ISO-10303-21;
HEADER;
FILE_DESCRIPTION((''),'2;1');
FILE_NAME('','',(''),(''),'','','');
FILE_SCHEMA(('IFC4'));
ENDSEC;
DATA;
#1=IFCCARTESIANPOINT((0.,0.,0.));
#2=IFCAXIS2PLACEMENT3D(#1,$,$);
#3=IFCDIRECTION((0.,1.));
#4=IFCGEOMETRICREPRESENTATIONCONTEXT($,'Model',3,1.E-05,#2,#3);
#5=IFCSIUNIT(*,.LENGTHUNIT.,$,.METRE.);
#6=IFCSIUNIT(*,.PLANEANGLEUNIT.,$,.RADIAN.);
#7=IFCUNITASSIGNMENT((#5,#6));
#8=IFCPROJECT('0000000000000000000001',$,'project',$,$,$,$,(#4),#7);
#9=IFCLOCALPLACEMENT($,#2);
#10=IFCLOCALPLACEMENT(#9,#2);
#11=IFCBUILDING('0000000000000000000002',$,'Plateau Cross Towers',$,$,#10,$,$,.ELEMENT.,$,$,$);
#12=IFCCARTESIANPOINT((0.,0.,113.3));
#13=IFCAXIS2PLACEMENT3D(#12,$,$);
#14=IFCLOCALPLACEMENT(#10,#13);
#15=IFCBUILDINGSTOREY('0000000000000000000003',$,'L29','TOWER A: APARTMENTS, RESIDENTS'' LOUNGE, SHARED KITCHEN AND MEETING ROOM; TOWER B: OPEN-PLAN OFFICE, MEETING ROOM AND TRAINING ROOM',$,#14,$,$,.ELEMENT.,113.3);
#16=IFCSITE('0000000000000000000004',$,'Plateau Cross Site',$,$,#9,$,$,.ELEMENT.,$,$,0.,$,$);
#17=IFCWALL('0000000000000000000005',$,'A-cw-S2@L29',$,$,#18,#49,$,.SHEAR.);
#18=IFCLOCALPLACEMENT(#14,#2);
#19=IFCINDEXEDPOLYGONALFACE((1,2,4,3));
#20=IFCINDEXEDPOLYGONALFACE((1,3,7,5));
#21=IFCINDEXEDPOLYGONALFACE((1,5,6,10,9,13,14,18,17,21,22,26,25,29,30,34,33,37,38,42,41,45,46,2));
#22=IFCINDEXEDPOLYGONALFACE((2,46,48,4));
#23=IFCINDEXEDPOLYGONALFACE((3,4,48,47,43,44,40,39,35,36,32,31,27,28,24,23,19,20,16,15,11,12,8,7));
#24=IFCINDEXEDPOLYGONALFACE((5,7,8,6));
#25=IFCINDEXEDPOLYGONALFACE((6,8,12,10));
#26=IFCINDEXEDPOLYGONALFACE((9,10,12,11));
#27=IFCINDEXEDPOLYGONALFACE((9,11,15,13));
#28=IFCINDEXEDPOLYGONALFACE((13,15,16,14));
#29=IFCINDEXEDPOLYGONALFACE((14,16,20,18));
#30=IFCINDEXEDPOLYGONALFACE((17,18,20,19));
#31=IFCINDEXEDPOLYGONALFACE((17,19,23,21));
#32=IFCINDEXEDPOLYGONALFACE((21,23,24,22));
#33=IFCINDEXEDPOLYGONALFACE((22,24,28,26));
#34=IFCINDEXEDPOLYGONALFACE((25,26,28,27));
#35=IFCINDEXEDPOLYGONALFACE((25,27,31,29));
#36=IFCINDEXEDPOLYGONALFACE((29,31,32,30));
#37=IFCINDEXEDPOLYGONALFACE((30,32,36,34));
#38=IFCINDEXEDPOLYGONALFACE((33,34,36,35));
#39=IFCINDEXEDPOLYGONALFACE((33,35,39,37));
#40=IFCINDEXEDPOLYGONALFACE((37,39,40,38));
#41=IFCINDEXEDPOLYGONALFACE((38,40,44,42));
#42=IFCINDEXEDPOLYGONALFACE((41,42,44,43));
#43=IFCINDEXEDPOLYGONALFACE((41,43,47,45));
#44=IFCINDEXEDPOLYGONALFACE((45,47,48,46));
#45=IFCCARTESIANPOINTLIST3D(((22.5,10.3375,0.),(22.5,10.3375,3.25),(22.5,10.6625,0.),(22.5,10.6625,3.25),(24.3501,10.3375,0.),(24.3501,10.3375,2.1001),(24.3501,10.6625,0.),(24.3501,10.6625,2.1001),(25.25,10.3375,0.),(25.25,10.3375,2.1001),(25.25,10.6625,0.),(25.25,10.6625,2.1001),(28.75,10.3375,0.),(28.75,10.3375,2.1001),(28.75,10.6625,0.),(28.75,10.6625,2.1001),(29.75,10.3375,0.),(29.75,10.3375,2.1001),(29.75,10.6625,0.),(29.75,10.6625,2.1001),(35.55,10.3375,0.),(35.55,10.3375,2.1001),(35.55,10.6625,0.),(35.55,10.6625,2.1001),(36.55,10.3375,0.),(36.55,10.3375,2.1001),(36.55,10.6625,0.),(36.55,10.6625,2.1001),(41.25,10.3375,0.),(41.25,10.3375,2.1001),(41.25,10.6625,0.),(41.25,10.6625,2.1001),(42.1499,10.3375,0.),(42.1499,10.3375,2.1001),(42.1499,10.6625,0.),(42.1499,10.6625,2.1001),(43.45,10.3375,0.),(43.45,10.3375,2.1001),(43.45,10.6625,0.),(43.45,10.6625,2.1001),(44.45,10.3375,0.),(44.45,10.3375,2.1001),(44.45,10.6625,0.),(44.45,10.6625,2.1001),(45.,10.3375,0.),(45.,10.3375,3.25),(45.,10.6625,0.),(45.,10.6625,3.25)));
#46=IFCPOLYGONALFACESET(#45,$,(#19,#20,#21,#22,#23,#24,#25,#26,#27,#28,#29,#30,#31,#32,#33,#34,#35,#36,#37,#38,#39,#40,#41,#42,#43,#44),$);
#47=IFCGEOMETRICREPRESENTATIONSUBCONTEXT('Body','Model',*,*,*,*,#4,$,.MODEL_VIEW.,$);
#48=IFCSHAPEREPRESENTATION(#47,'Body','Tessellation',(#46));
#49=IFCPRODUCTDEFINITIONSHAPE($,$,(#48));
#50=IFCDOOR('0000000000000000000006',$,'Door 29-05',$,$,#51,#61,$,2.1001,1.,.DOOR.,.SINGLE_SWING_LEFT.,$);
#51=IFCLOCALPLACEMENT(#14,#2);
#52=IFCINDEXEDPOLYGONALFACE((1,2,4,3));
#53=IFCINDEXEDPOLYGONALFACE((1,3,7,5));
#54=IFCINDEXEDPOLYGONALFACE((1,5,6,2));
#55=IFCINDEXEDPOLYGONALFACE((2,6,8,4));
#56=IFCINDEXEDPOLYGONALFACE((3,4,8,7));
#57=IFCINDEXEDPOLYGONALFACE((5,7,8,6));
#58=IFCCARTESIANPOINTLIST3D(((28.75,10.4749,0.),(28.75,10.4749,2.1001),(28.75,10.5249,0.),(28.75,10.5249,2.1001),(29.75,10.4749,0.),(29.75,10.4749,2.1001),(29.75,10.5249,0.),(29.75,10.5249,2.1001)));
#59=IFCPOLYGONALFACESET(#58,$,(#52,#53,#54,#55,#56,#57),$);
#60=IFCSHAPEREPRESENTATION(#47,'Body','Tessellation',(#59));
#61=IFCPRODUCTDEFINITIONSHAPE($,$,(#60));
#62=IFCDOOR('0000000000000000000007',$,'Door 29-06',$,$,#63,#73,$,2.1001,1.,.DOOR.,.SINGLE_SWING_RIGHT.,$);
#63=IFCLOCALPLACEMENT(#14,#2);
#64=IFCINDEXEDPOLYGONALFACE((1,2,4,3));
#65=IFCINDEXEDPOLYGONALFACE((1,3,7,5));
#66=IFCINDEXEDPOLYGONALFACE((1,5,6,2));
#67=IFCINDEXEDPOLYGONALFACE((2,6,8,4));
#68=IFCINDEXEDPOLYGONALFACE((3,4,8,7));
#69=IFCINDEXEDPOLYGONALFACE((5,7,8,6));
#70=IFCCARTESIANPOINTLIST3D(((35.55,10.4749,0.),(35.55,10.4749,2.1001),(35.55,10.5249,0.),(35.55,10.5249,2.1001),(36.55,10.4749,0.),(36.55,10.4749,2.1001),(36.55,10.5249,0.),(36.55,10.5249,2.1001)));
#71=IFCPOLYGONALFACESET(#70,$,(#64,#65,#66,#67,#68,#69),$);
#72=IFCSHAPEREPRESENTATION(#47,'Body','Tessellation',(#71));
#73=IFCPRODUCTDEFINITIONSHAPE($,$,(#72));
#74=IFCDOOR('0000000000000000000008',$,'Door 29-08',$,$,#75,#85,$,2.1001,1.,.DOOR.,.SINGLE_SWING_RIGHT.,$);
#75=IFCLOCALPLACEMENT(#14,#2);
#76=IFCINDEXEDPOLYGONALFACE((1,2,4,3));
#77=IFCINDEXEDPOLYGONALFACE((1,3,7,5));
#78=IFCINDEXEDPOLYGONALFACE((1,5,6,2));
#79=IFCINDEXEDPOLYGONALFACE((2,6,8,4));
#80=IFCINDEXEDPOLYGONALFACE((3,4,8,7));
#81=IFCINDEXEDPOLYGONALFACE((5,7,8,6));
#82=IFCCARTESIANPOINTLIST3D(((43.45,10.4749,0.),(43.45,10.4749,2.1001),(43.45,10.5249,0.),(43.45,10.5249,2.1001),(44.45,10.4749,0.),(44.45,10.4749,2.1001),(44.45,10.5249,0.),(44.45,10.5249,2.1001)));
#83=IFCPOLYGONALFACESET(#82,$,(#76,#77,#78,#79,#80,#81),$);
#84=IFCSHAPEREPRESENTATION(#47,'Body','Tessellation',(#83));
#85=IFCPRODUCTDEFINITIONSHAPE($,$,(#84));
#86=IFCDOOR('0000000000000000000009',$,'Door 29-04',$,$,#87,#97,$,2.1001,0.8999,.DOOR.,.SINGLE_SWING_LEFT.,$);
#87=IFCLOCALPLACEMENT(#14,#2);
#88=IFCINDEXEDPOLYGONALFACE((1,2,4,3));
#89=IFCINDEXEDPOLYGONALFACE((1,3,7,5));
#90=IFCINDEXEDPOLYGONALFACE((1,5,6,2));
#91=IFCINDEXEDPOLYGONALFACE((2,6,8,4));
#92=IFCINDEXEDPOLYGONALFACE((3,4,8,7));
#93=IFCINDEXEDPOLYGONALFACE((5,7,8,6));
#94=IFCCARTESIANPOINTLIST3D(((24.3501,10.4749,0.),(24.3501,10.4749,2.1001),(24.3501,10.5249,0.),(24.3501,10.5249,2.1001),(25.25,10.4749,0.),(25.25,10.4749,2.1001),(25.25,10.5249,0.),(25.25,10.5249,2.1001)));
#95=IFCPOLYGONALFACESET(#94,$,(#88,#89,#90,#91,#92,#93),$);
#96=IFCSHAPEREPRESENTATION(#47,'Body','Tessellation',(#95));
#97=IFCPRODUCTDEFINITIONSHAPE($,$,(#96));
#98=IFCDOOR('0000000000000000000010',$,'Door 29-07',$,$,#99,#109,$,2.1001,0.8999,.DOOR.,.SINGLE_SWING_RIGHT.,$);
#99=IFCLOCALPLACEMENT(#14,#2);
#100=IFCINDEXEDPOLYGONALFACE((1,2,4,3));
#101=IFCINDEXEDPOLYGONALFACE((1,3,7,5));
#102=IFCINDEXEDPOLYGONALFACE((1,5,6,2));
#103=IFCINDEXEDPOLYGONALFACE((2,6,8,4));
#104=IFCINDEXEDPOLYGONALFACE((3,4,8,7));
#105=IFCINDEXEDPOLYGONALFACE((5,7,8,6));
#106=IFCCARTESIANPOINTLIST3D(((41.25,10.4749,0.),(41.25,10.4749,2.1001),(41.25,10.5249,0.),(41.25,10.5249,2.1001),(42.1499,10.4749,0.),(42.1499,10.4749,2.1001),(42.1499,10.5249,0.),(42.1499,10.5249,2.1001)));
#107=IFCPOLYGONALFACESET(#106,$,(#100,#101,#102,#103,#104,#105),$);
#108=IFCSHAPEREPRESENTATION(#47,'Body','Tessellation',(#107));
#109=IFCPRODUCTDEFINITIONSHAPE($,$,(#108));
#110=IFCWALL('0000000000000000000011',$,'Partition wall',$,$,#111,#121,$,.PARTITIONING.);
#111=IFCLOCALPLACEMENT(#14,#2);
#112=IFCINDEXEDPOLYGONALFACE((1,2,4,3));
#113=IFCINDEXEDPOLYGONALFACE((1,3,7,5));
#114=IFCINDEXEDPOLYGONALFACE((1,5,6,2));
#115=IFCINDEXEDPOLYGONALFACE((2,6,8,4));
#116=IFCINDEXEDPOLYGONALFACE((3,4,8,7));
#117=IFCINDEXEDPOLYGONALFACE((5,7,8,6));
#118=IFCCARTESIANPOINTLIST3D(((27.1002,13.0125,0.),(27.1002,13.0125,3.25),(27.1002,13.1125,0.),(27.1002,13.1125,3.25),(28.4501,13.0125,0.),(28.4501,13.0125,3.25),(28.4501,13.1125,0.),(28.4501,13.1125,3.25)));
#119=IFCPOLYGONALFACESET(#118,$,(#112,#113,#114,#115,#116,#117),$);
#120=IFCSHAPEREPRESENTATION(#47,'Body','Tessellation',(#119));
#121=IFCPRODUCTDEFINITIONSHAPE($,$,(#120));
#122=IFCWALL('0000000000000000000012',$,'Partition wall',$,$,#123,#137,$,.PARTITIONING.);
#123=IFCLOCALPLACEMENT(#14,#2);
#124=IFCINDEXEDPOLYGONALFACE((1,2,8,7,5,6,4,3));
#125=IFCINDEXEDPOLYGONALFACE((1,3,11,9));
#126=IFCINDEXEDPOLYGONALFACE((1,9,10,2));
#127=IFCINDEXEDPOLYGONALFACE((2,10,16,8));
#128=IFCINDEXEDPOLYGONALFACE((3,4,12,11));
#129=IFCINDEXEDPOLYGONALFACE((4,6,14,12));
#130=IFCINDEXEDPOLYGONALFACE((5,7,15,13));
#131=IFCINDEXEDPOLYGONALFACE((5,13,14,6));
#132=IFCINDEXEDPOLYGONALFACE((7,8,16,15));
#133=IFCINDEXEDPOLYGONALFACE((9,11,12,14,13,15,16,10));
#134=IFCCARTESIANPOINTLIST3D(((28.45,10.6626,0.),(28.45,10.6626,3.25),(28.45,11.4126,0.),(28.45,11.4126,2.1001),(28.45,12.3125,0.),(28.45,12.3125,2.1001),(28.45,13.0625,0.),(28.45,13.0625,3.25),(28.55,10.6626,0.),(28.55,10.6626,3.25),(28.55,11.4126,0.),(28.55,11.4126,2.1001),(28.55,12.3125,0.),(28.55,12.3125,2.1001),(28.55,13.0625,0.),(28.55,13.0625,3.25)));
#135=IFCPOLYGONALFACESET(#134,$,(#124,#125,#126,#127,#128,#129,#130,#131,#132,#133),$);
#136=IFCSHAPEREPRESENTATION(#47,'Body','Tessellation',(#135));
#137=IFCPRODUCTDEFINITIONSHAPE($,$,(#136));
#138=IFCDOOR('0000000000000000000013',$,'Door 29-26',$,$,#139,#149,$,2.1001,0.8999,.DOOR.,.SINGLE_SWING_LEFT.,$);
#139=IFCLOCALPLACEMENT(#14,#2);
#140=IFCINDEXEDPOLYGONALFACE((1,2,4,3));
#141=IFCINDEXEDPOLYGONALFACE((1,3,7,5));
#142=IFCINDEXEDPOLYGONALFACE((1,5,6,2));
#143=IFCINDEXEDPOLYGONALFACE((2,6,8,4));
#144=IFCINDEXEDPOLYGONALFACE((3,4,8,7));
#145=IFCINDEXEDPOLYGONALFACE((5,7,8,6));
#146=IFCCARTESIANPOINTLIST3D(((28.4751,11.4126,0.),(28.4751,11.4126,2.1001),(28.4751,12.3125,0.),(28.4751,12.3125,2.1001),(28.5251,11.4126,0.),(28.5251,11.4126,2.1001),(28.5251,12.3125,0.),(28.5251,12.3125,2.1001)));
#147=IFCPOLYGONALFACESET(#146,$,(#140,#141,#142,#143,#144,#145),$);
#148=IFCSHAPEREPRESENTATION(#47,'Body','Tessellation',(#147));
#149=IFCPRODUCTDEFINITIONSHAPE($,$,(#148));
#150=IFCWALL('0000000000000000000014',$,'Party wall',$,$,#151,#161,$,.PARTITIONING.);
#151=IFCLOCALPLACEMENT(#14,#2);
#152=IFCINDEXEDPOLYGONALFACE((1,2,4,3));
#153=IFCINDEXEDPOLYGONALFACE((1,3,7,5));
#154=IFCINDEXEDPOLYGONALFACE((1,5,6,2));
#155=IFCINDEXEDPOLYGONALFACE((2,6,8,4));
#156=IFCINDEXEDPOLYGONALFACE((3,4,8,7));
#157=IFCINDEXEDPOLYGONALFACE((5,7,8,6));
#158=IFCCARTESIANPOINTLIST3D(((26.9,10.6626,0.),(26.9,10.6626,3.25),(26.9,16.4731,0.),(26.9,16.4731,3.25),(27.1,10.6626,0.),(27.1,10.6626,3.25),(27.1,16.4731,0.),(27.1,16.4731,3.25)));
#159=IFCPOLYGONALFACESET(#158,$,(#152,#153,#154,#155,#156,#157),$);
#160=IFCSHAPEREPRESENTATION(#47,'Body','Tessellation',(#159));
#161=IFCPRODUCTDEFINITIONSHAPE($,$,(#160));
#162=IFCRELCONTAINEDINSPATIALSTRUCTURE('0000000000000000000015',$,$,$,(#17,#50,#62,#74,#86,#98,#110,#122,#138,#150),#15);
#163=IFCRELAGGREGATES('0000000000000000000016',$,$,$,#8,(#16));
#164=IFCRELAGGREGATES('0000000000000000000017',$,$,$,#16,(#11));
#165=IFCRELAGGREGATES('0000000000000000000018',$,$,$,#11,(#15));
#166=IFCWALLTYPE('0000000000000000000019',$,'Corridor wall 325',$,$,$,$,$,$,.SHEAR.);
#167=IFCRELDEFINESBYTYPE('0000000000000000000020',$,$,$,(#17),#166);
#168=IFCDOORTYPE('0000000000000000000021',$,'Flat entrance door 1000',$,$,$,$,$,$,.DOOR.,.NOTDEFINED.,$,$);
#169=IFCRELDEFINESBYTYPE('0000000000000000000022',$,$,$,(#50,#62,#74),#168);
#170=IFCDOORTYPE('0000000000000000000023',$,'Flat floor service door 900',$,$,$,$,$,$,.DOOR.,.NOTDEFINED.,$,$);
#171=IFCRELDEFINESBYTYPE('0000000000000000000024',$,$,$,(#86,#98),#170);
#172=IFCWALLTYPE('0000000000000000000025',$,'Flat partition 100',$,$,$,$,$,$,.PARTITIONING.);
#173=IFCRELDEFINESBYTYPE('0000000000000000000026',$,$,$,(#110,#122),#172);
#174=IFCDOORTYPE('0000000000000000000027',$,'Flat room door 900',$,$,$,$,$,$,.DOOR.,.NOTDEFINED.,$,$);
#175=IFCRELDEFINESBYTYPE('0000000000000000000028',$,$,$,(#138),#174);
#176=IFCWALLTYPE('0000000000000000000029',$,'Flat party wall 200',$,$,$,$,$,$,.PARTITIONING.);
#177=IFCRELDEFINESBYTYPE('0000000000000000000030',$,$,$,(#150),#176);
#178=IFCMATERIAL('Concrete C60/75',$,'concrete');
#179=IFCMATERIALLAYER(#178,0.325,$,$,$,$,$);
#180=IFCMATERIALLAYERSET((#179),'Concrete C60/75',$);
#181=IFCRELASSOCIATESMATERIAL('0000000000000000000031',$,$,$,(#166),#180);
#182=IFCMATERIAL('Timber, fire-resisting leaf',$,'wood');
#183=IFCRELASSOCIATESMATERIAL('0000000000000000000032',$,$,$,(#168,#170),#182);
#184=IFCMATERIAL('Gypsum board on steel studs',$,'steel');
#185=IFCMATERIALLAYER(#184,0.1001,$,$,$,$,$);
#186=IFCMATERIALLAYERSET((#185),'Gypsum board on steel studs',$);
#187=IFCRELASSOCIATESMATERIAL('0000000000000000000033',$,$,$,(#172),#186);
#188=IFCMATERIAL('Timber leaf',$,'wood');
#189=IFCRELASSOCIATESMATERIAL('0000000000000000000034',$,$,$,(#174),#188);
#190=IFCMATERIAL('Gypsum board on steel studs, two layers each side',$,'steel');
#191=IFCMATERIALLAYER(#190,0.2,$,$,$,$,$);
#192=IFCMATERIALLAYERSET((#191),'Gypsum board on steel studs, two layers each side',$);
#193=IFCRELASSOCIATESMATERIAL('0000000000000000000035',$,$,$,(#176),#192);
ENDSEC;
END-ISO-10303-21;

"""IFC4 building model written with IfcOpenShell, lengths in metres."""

from ifc_helpers import new_model, si_unit, direction, frame, frame_2d, origin, place, context, subcontext, project, spatial, rectangle, extrude, material, layer, layer_set, type_object, element, fill, save


model = new_model("IFC4")

# Units and contexts
model_context = context("Model", 3, precision=1e-05, world=origin(), true_north=direction((0.0, 1.0)))
body_context = subcontext(model_context, "Body", "Model", "MODEL_VIEW")
ifc_project = project(units=[si_unit("LENGTHUNIT", "METRE"), si_unit("PLANEANGLEUNIT", "RADIAN")], contexts=[model_context])

# Site, building, storey
site_placement = place(None, origin())
site = spatial("IfcSite", under=ifc_project, at=site_placement, Name="Plateau Cross Site", CompositionType="ELEMENT", RefElevation=0.0)
building_placement = place(site_placement, origin())
building = spatial("IfcBuilding", under=site, at=building_placement, Name="Plateau Cross Towers", CompositionType="ELEMENT")
storey_placement = place(building_placement, frame((0.0, 0.0, 113.3)))
storey = spatial("IfcBuildingStorey", under=building, at=storey_placement, Name="L29", Description="TOWER A: APARTMENTS, RESIDENTS' LOUNGE, SHARED KITCHEN AND MEETING ROOM; TOWER B: OPEN-PLAN OFFICE, MEETING ROOM AND TRAINING ROOM", CompositionType="ELEMENT", Elevation=113.3)

# Shared definitions
ifc_material_1 = material(Name="Concrete C60/75", Category="concrete")

# Wall, openings, doors
ifc_layer_1 = layer(ifc_material_1, 0.325)
ifc_layer_set_1 = layer_set([ifc_layer_1], Name="Concrete C60/75")
wall_type_1 = type_object("IfcWallType", Name="Corridor wall 325", PredefinedType="SHEAR", material=ifc_layer_set_1)
ifc_material_2 = material(Name="Timber, fire-resisting leaf", Category="wood")
door_type_1 = type_object("IfcDoorType", Name="Flat entrance door 1000", OperationType="NOTDEFINED", PredefinedType="DOOR", material=ifc_material_2)
wall_1_placement = place(storey_placement, frame((22.5, 10.5, 0.0), z_axis=(0.0, 0.0, 1.0), x_axis=(1.0, 0.0, 0.0)))
wall_1 = element("IfcWall", 1, at=wall_1_placement, inside=storey, type_object=wall_type_1, Name="A-cw-S2@L29", PredefinedType="SHEAR", context=body_context, shape_type="SweptSolid", body=[
    extrude(rectangle(XDim=22.5, YDim=0.325, at=frame_2d((11.25, 0.0))), origin(), (0.0, 0.0, 1.0), 3.25),
])
opening_1_placement = place(wall_1_placement, frame((1.8501, 0.0, 0.0)))
opening_1 = element("IfcOpeningElement", 2, at=opening_1_placement, cuts=wall_1, PredefinedType="OPENING", context=body_context, shape_type="SweptSolid", body=[
    extrude(rectangle(XDim=0.8999, YDim=2.1001, at=frame_2d((0.45, 1.05))), frame((0.0, 0.1724, 0.0), z_axis=(0.0, -1.0, 0.0), x_axis=(1.0, 0.0, 0.0)), (0.0, 0.0, 1.0), 0.345),
])
opening_2_placement = place(wall_1_placement, frame((6.25, 0.0, 0.0)))
opening_2 = element("IfcOpeningElement", 3, at=opening_2_placement, cuts=wall_1, PredefinedType="OPENING", context=body_context, shape_type="SweptSolid", body=[
    extrude(rectangle(XDim=1.0, YDim=2.1001, at=frame_2d((0.5, 1.05))), frame((0.0, 0.1724, 0.0), z_axis=(0.0, -1.0, 0.0), x_axis=(1.0, 0.0, 0.0)), (0.0, 0.0, 1.0), 0.345),
])
opening_3_placement = place(wall_1_placement, frame((13.05, 0.0, 0.0)))
opening_3 = element("IfcOpeningElement", 4, at=opening_3_placement, cuts=wall_1, PredefinedType="OPENING", context=body_context, shape_type="SweptSolid", body=[
    extrude(rectangle(XDim=1.0, YDim=2.1001, at=frame_2d((0.5, 1.05))), frame((0.0, 0.1724, 0.0), z_axis=(0.0, -1.0, 0.0), x_axis=(1.0, 0.0, 0.0)), (0.0, 0.0, 1.0), 0.345),
])
opening_4_placement = place(wall_1_placement, frame((18.75, 0.0, 0.0)))
opening_4 = element("IfcOpeningElement", 5, at=opening_4_placement, cuts=wall_1, PredefinedType="OPENING", context=body_context, shape_type="SweptSolid", body=[
    extrude(rectangle(XDim=0.8999, YDim=2.1001, at=frame_2d((0.45, 1.05))), frame((0.0, 0.1724, 0.0), z_axis=(0.0, -1.0, 0.0), x_axis=(1.0, 0.0, 0.0)), (0.0, 0.0, 1.0), 0.345),
])
opening_5_placement = place(wall_1_placement, frame((20.95, 0.0, 0.0)))
opening_5 = element("IfcOpeningElement", 6, at=opening_5_placement, cuts=wall_1, PredefinedType="OPENING", context=body_context, shape_type="SweptSolid", body=[
    extrude(rectangle(XDim=1.0, YDim=2.1001, at=frame_2d((0.5, 1.05))), frame((0.0, 0.1724, 0.0), z_axis=(0.0, -1.0, 0.0), x_axis=(1.0, 0.0, 0.0)), (0.0, 0.0, 1.0), 0.345),
])
door_1_placement = place(opening_2_placement, origin())
door_1 = element("IfcDoor", 7, at=door_1_placement, inside=storey, type_object=door_type_1, Name="Door 29-05", OperationType="SINGLE_SWING_LEFT", OverallHeight=2.1001, OverallWidth=1.0, PredefinedType="DOOR", context=body_context, shape_type="SweptSolid", body=[
    extrude(rectangle(XDim=1.0, YDim=2.1001, at=frame_2d((0.5, 1.05))), frame((0.0, 0.0249, 0.0), z_axis=(0.0, -1.0, 0.0), x_axis=(1.0, 0.0, 0.0)), (0.0, 0.0, 1.0), 0.05),
])
fill(opening_2, door_1)
door_2_placement = place(opening_3_placement, origin())
door_2 = element("IfcDoor", 8, at=door_2_placement, inside=storey, type_object=door_type_1, Name="Door 29-06", OperationType="SINGLE_SWING_RIGHT", OverallHeight=2.1001, OverallWidth=1.0, PredefinedType="DOOR", context=body_context, shape_type="SweptSolid", body=[
    extrude(rectangle(XDim=1.0, YDim=2.1001, at=frame_2d((0.5, 1.05))), frame((0.0, 0.0249, 0.0), z_axis=(0.0, -1.0, 0.0), x_axis=(1.0, 0.0, 0.0)), (0.0, 0.0, 1.0), 0.05),
])
fill(opening_3, door_2)
door_3_placement = place(opening_5_placement, origin())
door_3 = element("IfcDoor", 9, at=door_3_placement, inside=storey, type_object=door_type_1, Name="Door 29-08", OperationType="SINGLE_SWING_RIGHT", OverallHeight=2.1001, OverallWidth=1.0, PredefinedType="DOOR", context=body_context, shape_type="SweptSolid", body=[
    extrude(rectangle(XDim=1.0, YDim=2.1001, at=frame_2d((0.5, 1.05))), frame((0.0, 0.0249, 0.0), z_axis=(0.0, -1.0, 0.0), x_axis=(1.0, 0.0, 0.0)), (0.0, 0.0, 1.0), 0.05),
])
fill(opening_5, door_3)
door_type_2 = type_object("IfcDoorType", Name="Flat floor service door 900", OperationType="NOTDEFINED", PredefinedType="DOOR", material=ifc_material_2)
door_4_placement = place(opening_1_placement, origin())
door_4 = element("IfcDoor", 10, at=door_4_placement, inside=storey, type_object=door_type_2, Name="Door 29-04", OperationType="SINGLE_SWING_LEFT", OverallHeight=2.1001, OverallWidth=0.8999, PredefinedType="DOOR", context=body_context, shape_type="SweptSolid", body=[
    extrude(rectangle(XDim=0.8999, YDim=2.1001, at=frame_2d((0.45, 1.05))), frame((0.0, 0.0249, 0.0), z_axis=(0.0, -1.0, 0.0), x_axis=(1.0, 0.0, 0.0)), (0.0, 0.0, 1.0), 0.05),
])
fill(opening_1, door_4)
door_5_placement = place(opening_4_placement, origin())
door_5 = element("IfcDoor", 11, at=door_5_placement, inside=storey, type_object=door_type_2, Name="Door 29-07", OperationType="SINGLE_SWING_RIGHT", OverallHeight=2.1001, OverallWidth=0.8999, PredefinedType="DOOR", context=body_context, shape_type="SweptSolid", body=[
    extrude(rectangle(XDim=0.8999, YDim=2.1001, at=frame_2d((0.45, 1.05))), frame((0.0, 0.0249, 0.0), z_axis=(0.0, -1.0, 0.0), x_axis=(1.0, 0.0, 0.0)), (0.0, 0.0, 1.0), 0.05),
])
fill(opening_4, door_5)

# Wall
ifc_material_3 = material(Name="Gypsum board on steel studs", Category="steel")
ifc_layer_2 = layer(ifc_material_3, 0.1001)
ifc_layer_set_2 = layer_set([ifc_layer_2], Name="Gypsum board on steel studs")
wall_type_2 = type_object("IfcWallType", Name="Flat partition 100", PredefinedType="PARTITIONING", material=ifc_layer_set_2)
wall_2_placement = place(storey_placement, frame((28.45, 13.0625, 0.0), z_axis=(0.0, 0.0, 1.0), x_axis=(-1.0, 0.0, 0.0)))
element("IfcWall", 12, at=wall_2_placement, inside=storey, type_object=wall_type_2, Name="Partition wall", PredefinedType="PARTITIONING", context=body_context, shape_type="SweptSolid", body=[
    extrude(rectangle(XDim=1.3499, YDim=0.1001, at=frame_2d((0.6748, 0.0))), origin(), (0.0, 0.0, 1.0), 3.25),
])

# Wall, opening, door
wall_3_placement = place(storey_placement, frame((28.5, 10.6626, 0.0), z_axis=(0.0, 0.0, 1.0), x_axis=(0.0, 1.0, 0.0)))
wall_3 = element("IfcWall", 13, at=wall_3_placement, inside=storey, type_object=wall_type_2, Name="Partition wall", PredefinedType="PARTITIONING", context=body_context, shape_type="SweptSolid", body=[
    extrude(rectangle(XDim=2.3999, YDim=0.1001, at=frame_2d((1.2, 0.0))), origin(), (0.0, 0.0, 1.0), 3.25),
])
opening_6_placement = place(wall_3_placement, frame((0.75, 0.0, 0.0)))
opening_6 = element("IfcOpeningElement", 14, at=opening_6_placement, cuts=wall_3, PredefinedType="OPENING", context=body_context, shape_type="SweptSolid", body=[
    extrude(rectangle(XDim=0.8999, YDim=2.1001, at=frame_2d((0.45, 1.05))), frame((0.0, 0.0601, 0.0), z_axis=(0.0, -1.0, 0.0), x_axis=(1.0, 0.0, 0.0)), (0.0, 0.0, 1.0), 0.1201),
])
ifc_material_4 = material(Name="Timber leaf", Category="wood")
door_type_3 = type_object("IfcDoorType", Name="Flat room door 900", OperationType="NOTDEFINED", PredefinedType="DOOR", material=ifc_material_4)
door_6_placement = place(opening_6_placement, origin())
door_6 = element("IfcDoor", 15, at=door_6_placement, inside=storey, type_object=door_type_3, Name="Door 29-26", OperationType="SINGLE_SWING_LEFT", OverallHeight=2.1001, OverallWidth=0.8999, PredefinedType="DOOR", context=body_context, shape_type="SweptSolid", body=[
    extrude(rectangle(XDim=0.8999, YDim=2.1001, at=frame_2d((0.45, 1.05))), frame((0.0, 0.0249, 0.0), z_axis=(0.0, -1.0, 0.0), x_axis=(1.0, 0.0, 0.0)), (0.0, 0.0, 1.0), 0.05),
])
fill(opening_6, door_6)

# Wall
ifc_material_5 = material(Name="Gypsum board on steel studs, two layers each side", Category="steel")
ifc_layer_3 = layer(ifc_material_5, 0.2)
ifc_layer_set_3 = layer_set([ifc_layer_3], Name="Gypsum board on steel studs, two layers each side")
wall_type_3 = type_object("IfcWallType", Name="Flat party wall 200", PredefinedType="PARTITIONING", material=ifc_layer_set_3)
wall_4_placement = place(storey_placement, frame((27.0, 10.6626, 0.0), z_axis=(0.0, 0.0, 1.0), x_axis=(0.0, 1.0, 0.0)))
element("IfcWall", 16, at=wall_4_placement, inside=storey, type_object=wall_type_3, Name="Party wall", PredefinedType="PARTITIONING", context=body_context, shape_type="SweptSolid", body=[
    extrude(rectangle(XDim=5.8105, YDim=0.2, at=frame_2d((2.9053, 0.0))), origin(), (0.0, 0.0, 1.0), 3.25),
])

save(model, "model.ifc")
